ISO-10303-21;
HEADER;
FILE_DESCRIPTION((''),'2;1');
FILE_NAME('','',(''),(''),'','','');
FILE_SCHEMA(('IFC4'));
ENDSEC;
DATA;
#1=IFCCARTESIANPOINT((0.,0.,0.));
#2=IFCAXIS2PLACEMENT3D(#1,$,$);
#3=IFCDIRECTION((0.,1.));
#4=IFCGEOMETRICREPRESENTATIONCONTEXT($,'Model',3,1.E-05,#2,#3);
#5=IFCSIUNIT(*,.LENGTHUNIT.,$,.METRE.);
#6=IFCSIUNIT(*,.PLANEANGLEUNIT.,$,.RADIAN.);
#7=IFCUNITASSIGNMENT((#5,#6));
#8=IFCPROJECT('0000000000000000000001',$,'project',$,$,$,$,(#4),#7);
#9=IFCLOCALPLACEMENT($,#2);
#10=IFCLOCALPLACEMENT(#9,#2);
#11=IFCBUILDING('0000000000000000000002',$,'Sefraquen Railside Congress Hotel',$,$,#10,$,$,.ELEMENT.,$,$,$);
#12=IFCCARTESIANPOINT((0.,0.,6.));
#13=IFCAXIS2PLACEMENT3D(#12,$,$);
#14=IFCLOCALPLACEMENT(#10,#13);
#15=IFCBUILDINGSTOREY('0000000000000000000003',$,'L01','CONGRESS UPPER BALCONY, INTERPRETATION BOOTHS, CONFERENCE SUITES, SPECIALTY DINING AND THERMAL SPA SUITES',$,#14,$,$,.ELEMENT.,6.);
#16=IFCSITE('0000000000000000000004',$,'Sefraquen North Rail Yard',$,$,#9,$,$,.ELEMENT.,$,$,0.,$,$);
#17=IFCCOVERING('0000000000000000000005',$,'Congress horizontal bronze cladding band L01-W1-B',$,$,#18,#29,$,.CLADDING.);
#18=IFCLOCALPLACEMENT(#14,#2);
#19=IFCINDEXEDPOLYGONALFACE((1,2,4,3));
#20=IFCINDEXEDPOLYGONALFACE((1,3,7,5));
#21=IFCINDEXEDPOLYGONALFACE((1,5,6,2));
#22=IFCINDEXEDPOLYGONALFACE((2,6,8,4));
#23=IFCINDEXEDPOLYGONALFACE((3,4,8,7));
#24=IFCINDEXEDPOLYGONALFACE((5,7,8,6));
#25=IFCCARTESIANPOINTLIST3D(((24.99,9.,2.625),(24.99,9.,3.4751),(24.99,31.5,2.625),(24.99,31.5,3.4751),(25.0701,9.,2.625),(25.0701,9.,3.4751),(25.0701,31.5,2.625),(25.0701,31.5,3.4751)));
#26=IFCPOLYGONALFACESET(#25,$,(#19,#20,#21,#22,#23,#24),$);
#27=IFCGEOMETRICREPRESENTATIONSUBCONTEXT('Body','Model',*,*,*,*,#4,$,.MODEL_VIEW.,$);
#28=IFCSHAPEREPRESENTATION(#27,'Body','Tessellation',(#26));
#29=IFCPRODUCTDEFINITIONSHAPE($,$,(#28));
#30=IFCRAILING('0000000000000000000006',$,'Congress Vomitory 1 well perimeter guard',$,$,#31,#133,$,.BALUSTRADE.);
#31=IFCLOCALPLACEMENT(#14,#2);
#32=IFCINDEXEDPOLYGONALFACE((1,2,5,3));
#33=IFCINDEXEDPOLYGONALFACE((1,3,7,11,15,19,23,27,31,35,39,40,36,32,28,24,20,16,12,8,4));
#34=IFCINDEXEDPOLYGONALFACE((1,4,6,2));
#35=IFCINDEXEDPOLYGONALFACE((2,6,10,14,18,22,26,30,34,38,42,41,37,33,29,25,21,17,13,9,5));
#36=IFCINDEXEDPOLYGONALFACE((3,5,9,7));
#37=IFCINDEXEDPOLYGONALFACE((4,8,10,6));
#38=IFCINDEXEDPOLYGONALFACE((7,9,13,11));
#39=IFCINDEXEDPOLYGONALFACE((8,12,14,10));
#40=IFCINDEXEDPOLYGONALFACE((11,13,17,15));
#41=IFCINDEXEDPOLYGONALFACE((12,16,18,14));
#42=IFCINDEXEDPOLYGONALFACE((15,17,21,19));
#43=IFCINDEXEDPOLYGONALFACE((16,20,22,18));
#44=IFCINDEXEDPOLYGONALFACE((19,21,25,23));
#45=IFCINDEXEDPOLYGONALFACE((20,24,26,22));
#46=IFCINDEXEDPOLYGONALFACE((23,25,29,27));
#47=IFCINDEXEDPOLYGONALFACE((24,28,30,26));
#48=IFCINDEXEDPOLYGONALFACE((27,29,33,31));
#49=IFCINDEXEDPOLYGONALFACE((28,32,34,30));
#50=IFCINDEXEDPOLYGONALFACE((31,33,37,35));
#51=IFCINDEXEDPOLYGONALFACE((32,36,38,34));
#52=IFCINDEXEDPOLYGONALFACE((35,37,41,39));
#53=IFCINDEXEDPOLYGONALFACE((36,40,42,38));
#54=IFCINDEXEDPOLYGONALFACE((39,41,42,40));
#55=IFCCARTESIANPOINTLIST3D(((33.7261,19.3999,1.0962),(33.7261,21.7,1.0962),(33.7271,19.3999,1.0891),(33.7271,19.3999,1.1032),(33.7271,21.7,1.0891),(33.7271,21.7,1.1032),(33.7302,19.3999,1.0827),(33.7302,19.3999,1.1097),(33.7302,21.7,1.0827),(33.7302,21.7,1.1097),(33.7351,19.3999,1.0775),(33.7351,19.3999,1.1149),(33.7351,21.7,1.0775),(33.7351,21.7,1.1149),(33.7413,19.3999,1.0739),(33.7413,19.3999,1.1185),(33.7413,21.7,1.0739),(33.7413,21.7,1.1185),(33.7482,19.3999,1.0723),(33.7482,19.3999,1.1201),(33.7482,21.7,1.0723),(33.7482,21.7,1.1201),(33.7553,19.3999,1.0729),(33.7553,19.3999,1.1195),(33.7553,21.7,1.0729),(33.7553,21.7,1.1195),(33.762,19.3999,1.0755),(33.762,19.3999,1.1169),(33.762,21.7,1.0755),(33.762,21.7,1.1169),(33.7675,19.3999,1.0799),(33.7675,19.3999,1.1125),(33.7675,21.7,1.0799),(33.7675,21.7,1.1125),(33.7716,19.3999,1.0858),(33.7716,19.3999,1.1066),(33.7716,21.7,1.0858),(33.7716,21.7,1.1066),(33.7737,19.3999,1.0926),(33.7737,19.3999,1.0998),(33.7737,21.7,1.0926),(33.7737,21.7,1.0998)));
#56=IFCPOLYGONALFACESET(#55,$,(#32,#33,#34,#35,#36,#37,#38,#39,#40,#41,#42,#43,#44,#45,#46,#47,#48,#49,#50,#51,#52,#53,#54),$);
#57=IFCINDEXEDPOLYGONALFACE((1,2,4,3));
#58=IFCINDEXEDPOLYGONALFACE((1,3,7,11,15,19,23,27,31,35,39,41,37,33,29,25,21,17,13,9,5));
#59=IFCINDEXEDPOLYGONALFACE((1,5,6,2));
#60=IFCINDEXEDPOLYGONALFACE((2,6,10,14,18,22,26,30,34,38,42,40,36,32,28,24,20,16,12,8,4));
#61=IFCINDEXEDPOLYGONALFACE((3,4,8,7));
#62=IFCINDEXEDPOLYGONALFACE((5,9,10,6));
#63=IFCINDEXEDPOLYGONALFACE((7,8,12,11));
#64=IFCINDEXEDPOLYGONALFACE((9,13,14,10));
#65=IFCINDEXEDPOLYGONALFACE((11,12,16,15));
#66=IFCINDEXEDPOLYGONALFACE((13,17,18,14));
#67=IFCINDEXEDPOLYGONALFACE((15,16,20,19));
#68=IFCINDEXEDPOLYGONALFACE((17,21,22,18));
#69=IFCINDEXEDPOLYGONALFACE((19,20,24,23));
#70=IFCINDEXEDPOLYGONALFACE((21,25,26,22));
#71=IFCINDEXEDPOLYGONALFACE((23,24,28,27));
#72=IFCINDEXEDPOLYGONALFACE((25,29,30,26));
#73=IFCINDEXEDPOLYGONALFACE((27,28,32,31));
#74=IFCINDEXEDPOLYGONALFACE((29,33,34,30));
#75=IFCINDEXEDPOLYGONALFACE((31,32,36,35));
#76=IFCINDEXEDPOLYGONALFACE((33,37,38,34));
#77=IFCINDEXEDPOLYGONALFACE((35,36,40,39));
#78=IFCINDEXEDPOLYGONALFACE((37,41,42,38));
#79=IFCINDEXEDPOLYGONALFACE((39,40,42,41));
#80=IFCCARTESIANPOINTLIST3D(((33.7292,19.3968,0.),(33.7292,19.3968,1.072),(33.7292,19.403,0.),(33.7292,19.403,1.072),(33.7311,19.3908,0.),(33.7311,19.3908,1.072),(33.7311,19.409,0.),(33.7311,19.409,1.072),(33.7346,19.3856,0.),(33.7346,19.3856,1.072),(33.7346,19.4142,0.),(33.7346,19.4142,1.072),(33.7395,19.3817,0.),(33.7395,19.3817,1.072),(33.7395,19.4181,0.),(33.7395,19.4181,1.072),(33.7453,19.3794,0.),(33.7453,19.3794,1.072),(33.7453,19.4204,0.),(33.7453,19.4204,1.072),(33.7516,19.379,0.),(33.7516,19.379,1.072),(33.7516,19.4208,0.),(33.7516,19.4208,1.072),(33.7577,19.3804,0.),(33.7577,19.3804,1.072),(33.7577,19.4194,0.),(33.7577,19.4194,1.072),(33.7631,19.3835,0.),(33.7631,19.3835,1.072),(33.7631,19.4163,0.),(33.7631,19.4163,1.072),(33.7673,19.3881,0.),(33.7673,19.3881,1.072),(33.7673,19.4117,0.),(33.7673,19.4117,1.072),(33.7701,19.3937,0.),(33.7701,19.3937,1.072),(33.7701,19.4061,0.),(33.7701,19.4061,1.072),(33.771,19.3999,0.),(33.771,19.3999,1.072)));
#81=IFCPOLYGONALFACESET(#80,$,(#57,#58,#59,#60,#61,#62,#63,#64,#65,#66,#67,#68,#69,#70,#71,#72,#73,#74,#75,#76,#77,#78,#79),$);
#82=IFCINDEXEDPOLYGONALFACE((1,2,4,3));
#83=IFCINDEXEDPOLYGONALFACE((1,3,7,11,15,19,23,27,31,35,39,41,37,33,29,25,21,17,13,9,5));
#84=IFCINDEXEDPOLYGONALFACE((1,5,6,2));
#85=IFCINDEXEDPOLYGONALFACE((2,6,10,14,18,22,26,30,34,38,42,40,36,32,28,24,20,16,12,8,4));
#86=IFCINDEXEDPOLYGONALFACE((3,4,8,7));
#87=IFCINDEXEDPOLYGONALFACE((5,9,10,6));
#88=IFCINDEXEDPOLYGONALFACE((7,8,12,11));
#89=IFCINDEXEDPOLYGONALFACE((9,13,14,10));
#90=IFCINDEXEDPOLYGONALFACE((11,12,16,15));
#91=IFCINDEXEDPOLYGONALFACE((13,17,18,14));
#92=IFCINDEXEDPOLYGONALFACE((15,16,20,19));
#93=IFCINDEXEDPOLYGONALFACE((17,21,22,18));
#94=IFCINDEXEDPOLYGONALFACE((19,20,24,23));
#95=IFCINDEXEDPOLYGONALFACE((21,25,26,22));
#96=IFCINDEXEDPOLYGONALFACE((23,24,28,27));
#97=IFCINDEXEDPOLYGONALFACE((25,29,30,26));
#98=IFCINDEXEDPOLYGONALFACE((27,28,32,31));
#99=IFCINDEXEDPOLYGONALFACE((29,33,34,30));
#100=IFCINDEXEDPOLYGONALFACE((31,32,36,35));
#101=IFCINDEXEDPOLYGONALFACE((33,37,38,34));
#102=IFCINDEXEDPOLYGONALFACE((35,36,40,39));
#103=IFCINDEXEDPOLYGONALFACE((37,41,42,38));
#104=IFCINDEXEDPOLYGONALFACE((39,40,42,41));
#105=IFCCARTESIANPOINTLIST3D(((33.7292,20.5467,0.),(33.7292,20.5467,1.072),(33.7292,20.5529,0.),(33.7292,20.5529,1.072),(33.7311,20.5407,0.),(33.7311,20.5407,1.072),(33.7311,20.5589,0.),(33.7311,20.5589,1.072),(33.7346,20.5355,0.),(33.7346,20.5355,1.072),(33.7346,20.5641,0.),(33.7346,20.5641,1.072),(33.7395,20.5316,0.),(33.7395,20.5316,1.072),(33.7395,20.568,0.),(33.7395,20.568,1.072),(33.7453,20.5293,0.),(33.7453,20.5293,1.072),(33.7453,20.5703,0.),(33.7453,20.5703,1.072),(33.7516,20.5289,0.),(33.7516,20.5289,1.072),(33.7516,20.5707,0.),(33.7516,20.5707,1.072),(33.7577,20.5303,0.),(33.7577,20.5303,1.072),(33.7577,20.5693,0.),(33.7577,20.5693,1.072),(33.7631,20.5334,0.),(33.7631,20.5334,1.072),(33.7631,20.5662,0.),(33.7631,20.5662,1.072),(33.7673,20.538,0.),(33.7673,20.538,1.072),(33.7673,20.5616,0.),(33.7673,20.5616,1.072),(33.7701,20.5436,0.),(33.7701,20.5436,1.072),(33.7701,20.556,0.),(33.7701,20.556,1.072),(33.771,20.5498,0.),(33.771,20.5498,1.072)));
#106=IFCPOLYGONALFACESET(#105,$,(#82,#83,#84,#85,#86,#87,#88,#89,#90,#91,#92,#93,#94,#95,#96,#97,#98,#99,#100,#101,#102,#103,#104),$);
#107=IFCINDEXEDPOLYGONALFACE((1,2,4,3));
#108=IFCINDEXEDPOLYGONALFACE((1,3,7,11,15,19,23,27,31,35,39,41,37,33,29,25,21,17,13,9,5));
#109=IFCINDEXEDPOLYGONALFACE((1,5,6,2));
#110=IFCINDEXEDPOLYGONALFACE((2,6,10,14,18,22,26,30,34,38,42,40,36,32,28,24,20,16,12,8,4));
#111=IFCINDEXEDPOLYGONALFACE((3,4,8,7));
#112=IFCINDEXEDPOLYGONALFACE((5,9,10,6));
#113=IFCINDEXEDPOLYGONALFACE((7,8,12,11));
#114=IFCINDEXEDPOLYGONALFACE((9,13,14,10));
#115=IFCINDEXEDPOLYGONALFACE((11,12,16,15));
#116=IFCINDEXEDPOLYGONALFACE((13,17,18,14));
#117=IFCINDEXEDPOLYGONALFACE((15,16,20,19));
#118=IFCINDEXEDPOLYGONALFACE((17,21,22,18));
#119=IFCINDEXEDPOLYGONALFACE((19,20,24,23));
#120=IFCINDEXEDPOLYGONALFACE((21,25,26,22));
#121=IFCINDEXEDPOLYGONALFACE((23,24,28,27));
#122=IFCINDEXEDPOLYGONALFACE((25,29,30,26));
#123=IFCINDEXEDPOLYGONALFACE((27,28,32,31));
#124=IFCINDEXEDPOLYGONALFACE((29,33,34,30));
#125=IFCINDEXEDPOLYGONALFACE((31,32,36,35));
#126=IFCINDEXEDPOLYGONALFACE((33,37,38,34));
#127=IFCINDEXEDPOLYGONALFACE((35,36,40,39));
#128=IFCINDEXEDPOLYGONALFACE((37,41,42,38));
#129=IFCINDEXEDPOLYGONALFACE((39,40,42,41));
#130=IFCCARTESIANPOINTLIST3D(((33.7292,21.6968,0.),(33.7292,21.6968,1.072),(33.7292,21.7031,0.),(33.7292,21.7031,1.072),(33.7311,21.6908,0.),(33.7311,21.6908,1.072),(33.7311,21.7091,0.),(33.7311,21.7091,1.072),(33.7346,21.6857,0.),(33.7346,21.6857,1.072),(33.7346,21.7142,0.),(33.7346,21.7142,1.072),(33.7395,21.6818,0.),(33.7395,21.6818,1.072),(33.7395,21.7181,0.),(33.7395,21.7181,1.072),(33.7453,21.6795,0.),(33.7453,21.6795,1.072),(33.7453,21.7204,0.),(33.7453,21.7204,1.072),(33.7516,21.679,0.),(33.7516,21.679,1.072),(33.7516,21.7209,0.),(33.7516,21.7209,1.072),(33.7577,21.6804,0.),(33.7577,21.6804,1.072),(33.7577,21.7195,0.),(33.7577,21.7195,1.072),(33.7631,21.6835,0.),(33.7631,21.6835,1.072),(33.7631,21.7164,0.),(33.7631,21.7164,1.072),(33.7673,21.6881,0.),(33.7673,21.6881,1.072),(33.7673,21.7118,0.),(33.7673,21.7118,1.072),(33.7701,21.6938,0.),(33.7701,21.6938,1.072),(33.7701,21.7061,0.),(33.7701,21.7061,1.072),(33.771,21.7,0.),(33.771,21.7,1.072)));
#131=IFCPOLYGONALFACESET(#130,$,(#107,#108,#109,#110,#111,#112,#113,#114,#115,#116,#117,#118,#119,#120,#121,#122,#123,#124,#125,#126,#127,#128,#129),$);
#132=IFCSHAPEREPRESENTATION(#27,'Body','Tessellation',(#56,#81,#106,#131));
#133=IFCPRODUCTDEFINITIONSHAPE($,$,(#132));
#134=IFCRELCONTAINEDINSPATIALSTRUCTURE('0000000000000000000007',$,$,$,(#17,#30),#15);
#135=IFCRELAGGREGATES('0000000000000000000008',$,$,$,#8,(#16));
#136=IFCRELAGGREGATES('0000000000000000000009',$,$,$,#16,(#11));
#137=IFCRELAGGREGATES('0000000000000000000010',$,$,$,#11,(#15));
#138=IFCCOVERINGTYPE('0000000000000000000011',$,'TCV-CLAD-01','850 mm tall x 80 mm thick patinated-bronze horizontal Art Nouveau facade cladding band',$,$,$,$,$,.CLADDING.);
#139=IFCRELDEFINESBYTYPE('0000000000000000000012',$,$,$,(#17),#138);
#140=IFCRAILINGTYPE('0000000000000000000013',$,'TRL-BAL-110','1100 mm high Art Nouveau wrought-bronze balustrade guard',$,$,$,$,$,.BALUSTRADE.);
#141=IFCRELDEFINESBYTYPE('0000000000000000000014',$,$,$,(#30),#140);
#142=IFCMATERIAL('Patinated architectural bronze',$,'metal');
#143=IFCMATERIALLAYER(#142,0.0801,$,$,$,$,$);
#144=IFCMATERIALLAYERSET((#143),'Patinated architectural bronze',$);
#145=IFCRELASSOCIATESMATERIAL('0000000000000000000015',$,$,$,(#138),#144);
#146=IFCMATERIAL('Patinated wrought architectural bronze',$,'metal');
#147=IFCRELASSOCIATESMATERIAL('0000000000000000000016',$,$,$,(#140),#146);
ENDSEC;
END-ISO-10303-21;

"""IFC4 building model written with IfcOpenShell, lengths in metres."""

from ifc_helpers import new_model, si_unit, direction, frame, origin, origin_2d, place, context, subcontext, project, spatial, rectangle, circle, extrude, material, layer, layer_set, type_object, element, save


model = new_model("IFC4")

# Units and contexts
model_context = context("Model", 3, precision=1e-05, world=origin(), true_north=direction((0.0, 1.0)))
body_context = subcontext(model_context, "Body", "Model", "MODEL_VIEW")
ifc_project = project(units=[si_unit("LENGTHUNIT", "METRE"), si_unit("PLANEANGLEUNIT", "RADIAN")], contexts=[model_context])

# Site, building, storey
site_placement = place(None, origin())
site = spatial("IfcSite", under=ifc_project, at=site_placement, Name="Sefraquen North Rail Yard", CompositionType="ELEMENT", RefElevation=0.0)
building_placement = place(site_placement, origin())
building = spatial("IfcBuilding", under=site, at=building_placement, Name="Sefraquen Railside Congress Hotel", CompositionType="ELEMENT")
storey_placement = place(building_placement, frame((0.0, 0.0, 6.0)))
storey = spatial("IfcBuildingStorey", under=building, at=storey_placement, Name="L01", Description="CONGRESS UPPER BALCONY, INTERPRETATION BOOTHS, CONFERENCE SUITES, SPECIALTY DINING AND THERMAL SPA SUITES", CompositionType="ELEMENT", Elevation=6.0)

# Covering
ifc_material_1 = material(Name="Patinated architectural bronze", Category="metal")
ifc_layer_1 = layer(ifc_material_1, 0.0801)
ifc_layer_set_1 = layer_set([ifc_layer_1], Name="Patinated architectural bronze")
covering_type = type_object("IfcCoveringType", Name="TCV-CLAD-01", Description="850 mm tall x 80 mm thick patinated-bronze horizontal Art Nouveau facade cladding band", PredefinedType="CLADDING", material=ifc_layer_set_1)
for number, where, z_axis, x_axis, name in (
    (1, (25.03, 20.25, 2.625), (0.0, 0.0, 1.0), (1.0, 0.0, 0.0), "Congress horizontal bronze cladding band L01-W1-B"),
):
    element("IfcCovering", number, at=place(storey_placement, frame(where, z_axis=z_axis, x_axis=x_axis)), inside=storey, type_object=covering_type, Name=name, PredefinedType="CLADDING", context=body_context, shape_type="SweptSolid", body=[
        extrude(rectangle(XDim=0.0801, YDim=22.5, at=origin_2d()), origin(), (0.0, 0.0, 1.0), 0.8501),
    ])

# Railing
ifc_material_2 = material(Name="Patinated wrought architectural bronze", Category="metal")
railing_type_1 = type_object("IfcRailingType", Name="TRL-BAL-110", Description="1100 mm high Art Nouveau wrought-bronze balustrade guard", PredefinedType="BALUSTRADE", material=ifc_material_2)
railing_1_placement = place(storey_placement, frame((33.75, 19.3999, 0.0)))
element("IfcRailing", 2, at=railing_1_placement, inside=storey, type_object=railing_type_1, Name="Congress Vomitory 1 well perimeter guard", PredefinedType="BALUSTRADE", context=body_context, shape_type="SweptSolid", body=[
    extrude(circle(Radius=0.0239, at=origin_2d()), frame((0.0, 0.0, 1.0962), z_axis=(0.0, 1.0, 0.0), x_axis=(-1.0, 0.0, 0.0)), (0.0, 0.0, 1.0), 2.3),
    extrude(circle(Radius=0.021, at=origin_2d()), origin(), (0.0, 0.0, 1.0), 1.072),
    extrude(circle(Radius=0.021, at=origin_2d()), frame((0.0, 1.1499, 0.0)), (0.0, 0.0, 1.0), 1.072),
    extrude(circle(Radius=0.021, at=origin_2d()), frame((0.0, 2.3, 0.0)), (0.0, 0.0, 1.0), 1.072),
])

save(model, "model.ifc")
